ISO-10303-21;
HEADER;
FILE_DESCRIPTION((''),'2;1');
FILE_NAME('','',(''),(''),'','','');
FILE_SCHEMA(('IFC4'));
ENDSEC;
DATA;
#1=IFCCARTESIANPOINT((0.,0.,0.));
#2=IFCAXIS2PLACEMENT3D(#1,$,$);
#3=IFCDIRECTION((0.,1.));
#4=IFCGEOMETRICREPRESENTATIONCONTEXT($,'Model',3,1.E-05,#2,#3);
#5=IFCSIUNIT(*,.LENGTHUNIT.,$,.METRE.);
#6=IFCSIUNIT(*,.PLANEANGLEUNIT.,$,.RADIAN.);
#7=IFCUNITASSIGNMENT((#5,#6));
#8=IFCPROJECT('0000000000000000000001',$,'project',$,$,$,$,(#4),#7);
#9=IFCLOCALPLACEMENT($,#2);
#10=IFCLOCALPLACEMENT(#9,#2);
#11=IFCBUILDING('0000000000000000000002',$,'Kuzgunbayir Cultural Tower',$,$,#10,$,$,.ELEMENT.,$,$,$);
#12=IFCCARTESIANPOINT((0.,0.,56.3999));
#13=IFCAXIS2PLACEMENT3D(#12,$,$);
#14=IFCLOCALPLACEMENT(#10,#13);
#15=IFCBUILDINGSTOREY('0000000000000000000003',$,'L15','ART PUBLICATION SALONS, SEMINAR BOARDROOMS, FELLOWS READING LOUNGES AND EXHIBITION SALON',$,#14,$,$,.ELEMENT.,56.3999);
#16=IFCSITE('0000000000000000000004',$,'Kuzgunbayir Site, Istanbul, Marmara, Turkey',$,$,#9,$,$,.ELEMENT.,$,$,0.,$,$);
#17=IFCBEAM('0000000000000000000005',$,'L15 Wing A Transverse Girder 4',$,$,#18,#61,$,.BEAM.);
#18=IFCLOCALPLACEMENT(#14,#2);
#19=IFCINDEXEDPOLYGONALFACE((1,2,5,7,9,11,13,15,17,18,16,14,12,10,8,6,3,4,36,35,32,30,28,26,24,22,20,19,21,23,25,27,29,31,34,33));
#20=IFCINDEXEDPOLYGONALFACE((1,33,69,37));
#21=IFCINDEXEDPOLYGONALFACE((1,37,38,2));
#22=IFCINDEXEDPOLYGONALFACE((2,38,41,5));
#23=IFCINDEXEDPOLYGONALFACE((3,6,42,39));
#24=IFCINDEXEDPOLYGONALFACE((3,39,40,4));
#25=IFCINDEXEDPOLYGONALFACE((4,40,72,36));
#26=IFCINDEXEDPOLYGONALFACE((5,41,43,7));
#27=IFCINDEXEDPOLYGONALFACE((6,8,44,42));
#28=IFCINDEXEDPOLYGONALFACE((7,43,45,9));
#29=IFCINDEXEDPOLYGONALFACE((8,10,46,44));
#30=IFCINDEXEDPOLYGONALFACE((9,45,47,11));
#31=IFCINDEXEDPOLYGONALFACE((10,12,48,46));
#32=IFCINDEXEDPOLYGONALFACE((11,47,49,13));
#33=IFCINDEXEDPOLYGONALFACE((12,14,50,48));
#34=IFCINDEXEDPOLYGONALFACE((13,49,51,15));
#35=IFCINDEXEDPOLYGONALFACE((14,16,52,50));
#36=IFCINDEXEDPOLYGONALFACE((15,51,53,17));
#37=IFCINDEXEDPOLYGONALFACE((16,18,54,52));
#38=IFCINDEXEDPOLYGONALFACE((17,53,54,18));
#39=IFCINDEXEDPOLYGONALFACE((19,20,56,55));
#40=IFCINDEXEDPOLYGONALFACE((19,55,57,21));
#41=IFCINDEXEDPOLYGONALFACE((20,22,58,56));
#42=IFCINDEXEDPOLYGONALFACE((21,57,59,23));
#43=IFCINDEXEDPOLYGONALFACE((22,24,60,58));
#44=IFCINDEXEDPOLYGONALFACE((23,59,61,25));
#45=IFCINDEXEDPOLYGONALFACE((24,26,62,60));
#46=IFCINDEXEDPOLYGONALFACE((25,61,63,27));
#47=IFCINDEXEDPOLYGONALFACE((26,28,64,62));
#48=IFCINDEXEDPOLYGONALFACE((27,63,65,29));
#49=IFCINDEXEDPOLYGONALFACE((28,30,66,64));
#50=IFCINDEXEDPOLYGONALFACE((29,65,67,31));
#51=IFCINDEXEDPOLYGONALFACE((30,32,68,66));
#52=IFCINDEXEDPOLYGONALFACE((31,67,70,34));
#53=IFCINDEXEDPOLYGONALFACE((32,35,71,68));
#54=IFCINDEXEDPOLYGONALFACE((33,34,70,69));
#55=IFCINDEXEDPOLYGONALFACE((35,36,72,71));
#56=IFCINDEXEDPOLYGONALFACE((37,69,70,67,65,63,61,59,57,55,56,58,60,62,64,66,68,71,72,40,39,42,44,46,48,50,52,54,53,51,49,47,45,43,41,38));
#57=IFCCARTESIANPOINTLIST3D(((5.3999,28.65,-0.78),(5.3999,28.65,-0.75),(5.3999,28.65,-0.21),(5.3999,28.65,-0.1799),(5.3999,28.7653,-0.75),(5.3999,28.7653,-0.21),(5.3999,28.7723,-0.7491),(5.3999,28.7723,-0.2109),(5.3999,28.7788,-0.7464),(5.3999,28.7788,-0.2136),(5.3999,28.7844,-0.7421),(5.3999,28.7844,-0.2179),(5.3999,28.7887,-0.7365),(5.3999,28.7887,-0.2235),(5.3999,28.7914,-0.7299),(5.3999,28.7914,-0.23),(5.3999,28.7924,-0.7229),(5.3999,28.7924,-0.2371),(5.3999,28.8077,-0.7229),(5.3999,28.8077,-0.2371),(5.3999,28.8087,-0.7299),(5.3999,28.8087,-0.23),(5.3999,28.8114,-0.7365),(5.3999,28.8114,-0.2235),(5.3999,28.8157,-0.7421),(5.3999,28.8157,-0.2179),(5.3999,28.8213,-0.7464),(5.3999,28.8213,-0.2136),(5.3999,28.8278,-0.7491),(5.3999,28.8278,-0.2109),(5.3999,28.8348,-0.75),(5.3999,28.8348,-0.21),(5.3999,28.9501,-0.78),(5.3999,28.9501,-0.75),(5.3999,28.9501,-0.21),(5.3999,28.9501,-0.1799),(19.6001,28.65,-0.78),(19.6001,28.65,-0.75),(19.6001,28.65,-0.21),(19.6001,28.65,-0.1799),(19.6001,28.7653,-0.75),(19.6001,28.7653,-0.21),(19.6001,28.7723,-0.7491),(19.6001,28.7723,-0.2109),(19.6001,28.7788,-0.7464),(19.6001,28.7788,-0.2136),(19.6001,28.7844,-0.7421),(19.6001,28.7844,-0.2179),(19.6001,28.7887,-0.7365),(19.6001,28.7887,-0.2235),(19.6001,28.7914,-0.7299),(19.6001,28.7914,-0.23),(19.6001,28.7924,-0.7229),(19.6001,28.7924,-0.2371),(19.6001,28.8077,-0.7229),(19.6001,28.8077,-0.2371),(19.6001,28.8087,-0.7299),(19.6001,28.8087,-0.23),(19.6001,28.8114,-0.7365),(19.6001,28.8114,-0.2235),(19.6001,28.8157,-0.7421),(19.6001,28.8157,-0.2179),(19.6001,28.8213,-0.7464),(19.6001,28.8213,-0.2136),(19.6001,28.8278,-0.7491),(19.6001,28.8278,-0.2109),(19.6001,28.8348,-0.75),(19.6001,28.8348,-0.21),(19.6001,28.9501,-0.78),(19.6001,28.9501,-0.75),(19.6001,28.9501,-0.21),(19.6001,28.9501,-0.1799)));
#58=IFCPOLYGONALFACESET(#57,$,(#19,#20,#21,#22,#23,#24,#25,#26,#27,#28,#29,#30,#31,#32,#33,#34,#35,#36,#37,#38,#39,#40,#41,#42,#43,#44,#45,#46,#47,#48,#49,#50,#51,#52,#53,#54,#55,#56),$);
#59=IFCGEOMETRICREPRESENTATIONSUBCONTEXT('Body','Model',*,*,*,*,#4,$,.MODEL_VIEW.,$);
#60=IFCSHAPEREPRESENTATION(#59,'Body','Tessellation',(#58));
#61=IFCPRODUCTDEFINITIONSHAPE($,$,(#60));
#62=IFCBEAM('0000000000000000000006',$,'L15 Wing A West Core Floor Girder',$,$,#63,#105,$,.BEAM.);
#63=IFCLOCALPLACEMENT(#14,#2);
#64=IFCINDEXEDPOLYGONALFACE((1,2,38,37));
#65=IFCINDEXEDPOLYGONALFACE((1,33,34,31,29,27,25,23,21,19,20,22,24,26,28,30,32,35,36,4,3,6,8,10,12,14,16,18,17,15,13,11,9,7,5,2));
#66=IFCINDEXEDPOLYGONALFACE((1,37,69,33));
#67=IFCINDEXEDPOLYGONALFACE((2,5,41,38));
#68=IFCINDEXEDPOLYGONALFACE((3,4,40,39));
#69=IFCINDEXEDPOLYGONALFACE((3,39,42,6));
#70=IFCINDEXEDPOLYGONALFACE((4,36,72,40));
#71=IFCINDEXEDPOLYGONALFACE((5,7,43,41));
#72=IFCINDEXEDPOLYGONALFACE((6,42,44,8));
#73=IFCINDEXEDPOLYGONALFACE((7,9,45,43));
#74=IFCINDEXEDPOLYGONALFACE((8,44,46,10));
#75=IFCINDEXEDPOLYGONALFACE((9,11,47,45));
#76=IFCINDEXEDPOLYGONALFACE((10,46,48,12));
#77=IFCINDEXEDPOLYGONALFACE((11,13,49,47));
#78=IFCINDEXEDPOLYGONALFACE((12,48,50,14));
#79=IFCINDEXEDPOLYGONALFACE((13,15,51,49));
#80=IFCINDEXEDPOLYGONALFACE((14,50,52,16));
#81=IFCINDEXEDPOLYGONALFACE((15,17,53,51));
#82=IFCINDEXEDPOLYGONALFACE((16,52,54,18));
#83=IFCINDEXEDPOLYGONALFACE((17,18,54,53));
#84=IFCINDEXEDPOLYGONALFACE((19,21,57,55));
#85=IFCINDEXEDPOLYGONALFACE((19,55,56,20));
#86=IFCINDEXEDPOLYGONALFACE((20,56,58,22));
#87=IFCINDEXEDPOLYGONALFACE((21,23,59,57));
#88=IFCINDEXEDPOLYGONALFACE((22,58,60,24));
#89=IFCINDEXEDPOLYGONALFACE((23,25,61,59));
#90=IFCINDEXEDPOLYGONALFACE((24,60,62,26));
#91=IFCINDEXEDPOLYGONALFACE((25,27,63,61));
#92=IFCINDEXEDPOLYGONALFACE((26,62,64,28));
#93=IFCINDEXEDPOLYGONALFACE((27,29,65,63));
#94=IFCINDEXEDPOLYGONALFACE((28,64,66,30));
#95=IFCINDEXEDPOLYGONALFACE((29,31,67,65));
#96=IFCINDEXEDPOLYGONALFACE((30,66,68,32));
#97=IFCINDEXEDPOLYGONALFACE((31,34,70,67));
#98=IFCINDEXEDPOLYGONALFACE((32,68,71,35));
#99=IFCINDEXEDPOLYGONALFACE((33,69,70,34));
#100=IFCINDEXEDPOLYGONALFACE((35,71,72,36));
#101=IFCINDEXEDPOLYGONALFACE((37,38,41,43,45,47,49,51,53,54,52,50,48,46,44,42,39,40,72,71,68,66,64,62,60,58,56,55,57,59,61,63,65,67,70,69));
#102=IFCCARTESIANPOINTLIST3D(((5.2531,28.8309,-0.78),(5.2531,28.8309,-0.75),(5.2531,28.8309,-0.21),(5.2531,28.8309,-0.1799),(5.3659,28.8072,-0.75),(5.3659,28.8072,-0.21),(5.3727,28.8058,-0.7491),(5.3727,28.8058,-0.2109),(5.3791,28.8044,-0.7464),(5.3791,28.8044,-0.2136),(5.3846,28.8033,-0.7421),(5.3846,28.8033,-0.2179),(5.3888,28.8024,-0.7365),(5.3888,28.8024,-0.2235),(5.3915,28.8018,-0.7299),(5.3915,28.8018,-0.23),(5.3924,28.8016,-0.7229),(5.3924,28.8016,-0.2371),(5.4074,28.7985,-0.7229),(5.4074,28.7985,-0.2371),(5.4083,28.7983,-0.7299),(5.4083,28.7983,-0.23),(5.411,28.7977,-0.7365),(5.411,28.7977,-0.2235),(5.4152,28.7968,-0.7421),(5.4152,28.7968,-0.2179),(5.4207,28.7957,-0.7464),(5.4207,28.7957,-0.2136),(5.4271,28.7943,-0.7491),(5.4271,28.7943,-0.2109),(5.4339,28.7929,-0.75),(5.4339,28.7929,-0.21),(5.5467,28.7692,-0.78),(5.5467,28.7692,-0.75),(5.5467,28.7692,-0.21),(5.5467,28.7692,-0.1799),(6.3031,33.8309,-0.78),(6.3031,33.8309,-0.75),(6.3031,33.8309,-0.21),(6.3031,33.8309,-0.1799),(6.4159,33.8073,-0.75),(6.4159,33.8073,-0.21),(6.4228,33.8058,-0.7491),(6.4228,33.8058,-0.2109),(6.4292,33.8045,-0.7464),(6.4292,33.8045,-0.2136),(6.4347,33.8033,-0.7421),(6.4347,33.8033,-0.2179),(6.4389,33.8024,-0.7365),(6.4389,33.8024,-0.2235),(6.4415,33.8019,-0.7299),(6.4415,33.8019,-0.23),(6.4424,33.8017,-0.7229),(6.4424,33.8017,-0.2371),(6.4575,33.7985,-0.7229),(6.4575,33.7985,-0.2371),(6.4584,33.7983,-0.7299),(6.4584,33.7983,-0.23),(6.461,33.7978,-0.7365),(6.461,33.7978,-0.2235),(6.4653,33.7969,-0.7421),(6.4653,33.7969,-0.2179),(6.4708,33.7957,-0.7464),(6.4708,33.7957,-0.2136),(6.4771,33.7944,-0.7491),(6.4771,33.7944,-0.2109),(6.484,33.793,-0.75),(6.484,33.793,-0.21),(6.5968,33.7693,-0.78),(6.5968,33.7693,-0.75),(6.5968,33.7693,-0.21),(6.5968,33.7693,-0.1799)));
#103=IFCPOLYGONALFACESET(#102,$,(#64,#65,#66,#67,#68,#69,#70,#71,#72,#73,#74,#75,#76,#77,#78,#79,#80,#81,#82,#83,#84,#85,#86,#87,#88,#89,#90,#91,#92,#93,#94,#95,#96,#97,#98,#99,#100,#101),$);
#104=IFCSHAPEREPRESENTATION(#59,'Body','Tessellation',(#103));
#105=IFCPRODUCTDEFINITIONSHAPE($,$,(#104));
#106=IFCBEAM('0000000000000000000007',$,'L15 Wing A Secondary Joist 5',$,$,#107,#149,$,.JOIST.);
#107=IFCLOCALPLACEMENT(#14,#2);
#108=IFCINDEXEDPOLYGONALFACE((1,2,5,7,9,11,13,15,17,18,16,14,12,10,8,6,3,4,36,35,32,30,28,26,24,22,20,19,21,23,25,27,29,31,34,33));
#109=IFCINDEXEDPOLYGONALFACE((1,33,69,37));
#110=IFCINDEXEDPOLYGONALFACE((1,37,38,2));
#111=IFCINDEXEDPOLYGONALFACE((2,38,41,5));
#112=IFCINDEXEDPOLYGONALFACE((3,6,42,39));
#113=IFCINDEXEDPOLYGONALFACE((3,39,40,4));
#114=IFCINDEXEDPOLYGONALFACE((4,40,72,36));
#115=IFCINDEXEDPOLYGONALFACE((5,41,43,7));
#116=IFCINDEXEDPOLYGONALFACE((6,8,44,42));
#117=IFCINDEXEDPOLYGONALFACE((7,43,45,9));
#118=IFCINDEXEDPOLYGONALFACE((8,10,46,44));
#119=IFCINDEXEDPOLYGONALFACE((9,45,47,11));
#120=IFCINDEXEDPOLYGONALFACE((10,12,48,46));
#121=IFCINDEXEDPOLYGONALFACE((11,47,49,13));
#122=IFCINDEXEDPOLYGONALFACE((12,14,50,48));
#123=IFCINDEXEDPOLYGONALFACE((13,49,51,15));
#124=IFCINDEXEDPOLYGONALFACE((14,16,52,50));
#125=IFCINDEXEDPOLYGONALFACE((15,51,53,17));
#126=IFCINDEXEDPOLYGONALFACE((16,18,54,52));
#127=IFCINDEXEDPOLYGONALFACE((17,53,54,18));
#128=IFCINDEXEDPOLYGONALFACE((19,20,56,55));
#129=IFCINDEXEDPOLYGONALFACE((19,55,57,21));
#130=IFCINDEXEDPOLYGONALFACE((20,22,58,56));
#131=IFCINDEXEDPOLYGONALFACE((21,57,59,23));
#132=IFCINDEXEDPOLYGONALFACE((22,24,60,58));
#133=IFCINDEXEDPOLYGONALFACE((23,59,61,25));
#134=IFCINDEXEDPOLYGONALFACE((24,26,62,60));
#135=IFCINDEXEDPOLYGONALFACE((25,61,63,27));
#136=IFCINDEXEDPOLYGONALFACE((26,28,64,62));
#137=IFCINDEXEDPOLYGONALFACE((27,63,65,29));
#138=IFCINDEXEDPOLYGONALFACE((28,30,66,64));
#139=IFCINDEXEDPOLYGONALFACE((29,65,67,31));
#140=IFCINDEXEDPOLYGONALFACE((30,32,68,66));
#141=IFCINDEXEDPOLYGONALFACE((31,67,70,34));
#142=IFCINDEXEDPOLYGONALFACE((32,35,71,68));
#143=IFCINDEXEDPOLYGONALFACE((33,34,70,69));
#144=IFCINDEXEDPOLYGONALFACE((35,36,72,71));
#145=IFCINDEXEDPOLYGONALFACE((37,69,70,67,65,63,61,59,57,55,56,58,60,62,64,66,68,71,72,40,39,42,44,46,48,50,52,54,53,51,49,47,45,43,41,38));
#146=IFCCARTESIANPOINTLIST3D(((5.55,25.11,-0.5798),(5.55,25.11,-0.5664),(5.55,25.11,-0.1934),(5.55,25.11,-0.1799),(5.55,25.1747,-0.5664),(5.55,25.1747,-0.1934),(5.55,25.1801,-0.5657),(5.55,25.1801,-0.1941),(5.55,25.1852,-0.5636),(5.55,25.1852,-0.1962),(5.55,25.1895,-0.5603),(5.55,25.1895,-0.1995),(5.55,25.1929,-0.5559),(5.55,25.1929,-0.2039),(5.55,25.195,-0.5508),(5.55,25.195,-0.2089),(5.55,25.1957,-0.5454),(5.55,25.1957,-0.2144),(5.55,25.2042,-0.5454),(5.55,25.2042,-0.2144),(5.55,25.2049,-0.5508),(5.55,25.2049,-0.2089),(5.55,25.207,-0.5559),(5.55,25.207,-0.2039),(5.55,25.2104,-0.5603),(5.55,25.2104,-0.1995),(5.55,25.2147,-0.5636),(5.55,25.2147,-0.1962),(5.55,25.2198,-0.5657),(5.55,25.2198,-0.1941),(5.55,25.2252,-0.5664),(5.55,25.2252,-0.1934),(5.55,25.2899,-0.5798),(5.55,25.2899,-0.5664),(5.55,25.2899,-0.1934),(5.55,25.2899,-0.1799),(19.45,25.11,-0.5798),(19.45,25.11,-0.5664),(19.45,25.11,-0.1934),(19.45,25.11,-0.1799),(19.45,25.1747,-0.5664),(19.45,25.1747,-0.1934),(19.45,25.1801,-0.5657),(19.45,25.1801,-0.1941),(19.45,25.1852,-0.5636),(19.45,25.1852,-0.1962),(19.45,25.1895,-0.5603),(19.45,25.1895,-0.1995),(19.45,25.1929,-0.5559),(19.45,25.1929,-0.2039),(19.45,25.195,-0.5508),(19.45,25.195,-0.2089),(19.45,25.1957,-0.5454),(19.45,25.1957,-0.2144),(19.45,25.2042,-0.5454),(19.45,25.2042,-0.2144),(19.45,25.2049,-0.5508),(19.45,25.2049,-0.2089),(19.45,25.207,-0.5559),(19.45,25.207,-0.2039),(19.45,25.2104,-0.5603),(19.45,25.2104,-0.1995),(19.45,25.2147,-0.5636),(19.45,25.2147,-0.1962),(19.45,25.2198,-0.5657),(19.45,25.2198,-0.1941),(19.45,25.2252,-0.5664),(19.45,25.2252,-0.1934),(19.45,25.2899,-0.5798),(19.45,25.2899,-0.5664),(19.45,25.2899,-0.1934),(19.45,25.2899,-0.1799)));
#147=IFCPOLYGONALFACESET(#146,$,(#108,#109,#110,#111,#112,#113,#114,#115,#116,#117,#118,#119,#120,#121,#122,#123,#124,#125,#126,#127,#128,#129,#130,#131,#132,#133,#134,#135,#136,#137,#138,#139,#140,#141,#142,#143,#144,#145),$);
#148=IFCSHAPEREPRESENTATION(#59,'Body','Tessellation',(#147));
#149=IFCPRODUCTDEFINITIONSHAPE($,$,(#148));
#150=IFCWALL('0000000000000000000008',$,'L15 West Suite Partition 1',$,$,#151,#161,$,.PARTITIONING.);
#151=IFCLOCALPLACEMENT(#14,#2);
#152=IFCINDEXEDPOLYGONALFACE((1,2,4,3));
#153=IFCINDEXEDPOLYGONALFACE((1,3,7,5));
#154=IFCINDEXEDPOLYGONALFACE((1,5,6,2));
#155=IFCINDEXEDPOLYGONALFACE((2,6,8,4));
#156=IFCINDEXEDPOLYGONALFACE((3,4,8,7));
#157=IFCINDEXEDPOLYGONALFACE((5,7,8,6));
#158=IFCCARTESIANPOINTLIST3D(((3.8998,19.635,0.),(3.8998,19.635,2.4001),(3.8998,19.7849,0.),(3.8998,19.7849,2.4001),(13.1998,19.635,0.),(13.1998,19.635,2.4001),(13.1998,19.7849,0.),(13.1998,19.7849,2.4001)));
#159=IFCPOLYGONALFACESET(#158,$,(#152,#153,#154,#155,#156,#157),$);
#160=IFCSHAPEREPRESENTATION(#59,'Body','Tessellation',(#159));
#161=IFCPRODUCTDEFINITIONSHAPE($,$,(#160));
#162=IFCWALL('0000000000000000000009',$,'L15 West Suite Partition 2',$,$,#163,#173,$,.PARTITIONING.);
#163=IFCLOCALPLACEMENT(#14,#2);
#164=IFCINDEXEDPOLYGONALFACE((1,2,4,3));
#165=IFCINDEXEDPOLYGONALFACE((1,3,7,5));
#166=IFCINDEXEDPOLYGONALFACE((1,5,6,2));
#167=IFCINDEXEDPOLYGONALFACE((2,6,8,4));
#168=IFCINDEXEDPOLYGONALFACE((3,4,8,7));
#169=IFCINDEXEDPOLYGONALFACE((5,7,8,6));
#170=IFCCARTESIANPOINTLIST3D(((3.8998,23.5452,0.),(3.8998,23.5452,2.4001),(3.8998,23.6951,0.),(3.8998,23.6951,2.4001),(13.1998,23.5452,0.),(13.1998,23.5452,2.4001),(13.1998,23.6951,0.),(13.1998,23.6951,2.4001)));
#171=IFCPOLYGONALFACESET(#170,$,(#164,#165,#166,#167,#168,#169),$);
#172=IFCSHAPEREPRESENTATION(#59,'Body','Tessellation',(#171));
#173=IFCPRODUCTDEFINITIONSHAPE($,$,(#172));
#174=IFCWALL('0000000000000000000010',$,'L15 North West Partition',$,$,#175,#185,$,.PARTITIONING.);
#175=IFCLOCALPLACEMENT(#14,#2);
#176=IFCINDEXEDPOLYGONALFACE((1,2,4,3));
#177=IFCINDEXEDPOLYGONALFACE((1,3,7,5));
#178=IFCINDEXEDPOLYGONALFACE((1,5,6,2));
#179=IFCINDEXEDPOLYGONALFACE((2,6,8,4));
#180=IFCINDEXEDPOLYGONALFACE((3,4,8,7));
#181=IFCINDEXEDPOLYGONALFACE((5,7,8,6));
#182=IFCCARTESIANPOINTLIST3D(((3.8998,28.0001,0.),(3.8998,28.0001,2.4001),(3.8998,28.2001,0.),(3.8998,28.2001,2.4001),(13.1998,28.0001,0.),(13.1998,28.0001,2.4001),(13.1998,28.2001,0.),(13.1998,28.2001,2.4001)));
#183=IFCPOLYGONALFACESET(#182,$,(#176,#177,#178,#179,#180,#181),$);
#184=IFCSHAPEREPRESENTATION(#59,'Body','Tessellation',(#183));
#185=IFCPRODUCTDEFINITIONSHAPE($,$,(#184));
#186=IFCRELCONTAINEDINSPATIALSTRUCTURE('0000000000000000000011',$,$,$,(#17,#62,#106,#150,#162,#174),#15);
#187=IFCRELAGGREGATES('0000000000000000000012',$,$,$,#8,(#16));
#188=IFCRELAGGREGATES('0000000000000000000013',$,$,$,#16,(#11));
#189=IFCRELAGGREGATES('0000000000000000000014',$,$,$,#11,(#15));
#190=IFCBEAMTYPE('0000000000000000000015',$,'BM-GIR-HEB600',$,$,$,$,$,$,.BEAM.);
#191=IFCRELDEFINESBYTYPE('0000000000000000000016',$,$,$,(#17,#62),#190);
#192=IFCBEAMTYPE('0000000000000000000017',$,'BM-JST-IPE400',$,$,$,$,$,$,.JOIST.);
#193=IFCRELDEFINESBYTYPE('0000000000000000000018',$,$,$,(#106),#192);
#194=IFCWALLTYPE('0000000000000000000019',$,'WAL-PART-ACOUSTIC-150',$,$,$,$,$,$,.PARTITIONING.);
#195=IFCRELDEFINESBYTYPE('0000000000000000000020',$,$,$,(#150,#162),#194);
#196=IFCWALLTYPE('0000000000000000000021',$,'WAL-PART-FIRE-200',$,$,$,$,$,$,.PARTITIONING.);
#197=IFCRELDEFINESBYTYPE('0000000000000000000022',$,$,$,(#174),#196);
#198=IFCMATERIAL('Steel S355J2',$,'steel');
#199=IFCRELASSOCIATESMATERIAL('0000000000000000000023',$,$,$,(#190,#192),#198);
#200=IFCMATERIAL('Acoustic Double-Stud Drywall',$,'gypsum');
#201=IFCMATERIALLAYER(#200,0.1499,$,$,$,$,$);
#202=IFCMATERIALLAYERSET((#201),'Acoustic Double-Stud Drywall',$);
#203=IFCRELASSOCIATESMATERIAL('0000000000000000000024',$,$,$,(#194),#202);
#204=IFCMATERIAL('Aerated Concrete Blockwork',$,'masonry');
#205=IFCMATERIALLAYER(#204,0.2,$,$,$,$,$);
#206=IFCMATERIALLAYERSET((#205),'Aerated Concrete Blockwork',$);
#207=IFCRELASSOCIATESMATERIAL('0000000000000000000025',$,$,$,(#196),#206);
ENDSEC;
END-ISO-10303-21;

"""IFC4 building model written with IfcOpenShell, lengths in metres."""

from ifc_helpers import new_model, si_unit, direction, frame, frame_2d, origin, origin_2d, place, context, subcontext, project, spatial, rectangle, i_section, extrude, material, layer, layer_set, material_profile, profile_set, type_object, element, save


model = new_model("IFC4")

# Units and contexts
model_context = context("Model", 3, precision=1e-05, world=origin(), true_north=direction((0.0, 1.0)))
body_context = subcontext(model_context, "Body", "Model", "MODEL_VIEW")
ifc_project = project(units=[si_unit("LENGTHUNIT", "METRE"), si_unit("PLANEANGLEUNIT", "RADIAN")], contexts=[model_context])

# Site, building, storey
site_placement = place(None, origin())
site = spatial("IfcSite", under=ifc_project, at=site_placement, Name="Kuzgunbayir Site, Istanbul, Marmara, Turkey", CompositionType="ELEMENT", RefElevation=0.0)
building_placement = place(site_placement, origin())
building = spatial("IfcBuilding", under=site, at=building_placement, Name="Kuzgunbayir Cultural Tower", CompositionType="ELEMENT")
storey_placement = place(building_placement, frame((0.0, 0.0, 56.3999)))
storey = spatial("IfcBuildingStorey", under=building, at=storey_placement, Name="L15", Description="ART PUBLICATION SALONS, SEMINAR BOARDROOMS, FELLOWS READING LOUNGES AND EXHIBITION SALON", CompositionType="ELEMENT", Elevation=56.3999)

# Beams
ifc_material_1 = material(Name="Steel S355J2", Category="steel")
ifc_material_profile_1 = material_profile(ifc_material_1, i_section(OverallWidth=0.3, OverallDepth=0.6001, WebThickness=0.0154, FlangeThickness=0.03, FilletRadius=0.0271, at=origin_2d()), Name="HEB 600")
ifc_profile_set_1 = profile_set([ifc_material_profile_1], Name="Steel S355J2")
beam_type_1 = type_object("IfcBeamType", Name="BM-GIR-HEB600", PredefinedType="BEAM", material=ifc_profile_set_1)
for number, where, z_axis, x_axis, name in (
    (1, (5.3999, 28.8, -0.48), (1.0, 0.0, 0.0), (0.0, 1.0, 0.0), "L15 Wing A Transverse Girder 4"),
):
    element("IfcBeam", number, at=place(storey_placement, frame(where, z_axis=z_axis, x_axis=x_axis)), inside=storey, type_object=beam_type_1, Name=name, PredefinedType="BEAM", context=body_context, shape_type="SweptSolid", body=[
        extrude(i_section(OverallWidth=0.3, OverallDepth=0.6001, WebThickness=0.0154, FlangeThickness=0.03, FilletRadius=0.0271, at=origin_2d()), origin(), (0.0, 0.0, 1.0), 14.2002),
    ])
beam_1_placement = place(storey_placement, frame((5.3999, 28.8, -0.48), z_axis=(0.205526, 0.978652, 0.0), x_axis=(-0.978652, 0.205526, 0.0)))
element("IfcBeam", 2, at=beam_1_placement, inside=storey, type_object=beam_type_1, Name="L15 Wing A West Core Floor Girder", PredefinedType="BEAM", context=body_context, shape_type="SweptSolid", body=[
    extrude(i_section(OverallWidth=0.3, OverallDepth=0.6001, WebThickness=0.0154, FlangeThickness=0.03, FilletRadius=0.0271, at=origin_2d()), origin(), (0.0, 0.0, 1.0), 5.1091),
])
ifc_material_profile_2 = material_profile(ifc_material_1, i_section(OverallWidth=0.1799, OverallDepth=0.3999, WebThickness=0.0085, FlangeThickness=0.0134, FilletRadius=0.021, at=origin_2d()), Name="IPE 400")
ifc_profile_set_2 = profile_set([ifc_material_profile_2], Name="Steel S355J2")
beam_type_2 = type_object("IfcBeamType", Name="BM-JST-IPE400", PredefinedType="JOIST", material=ifc_profile_set_2)
beam_2_placement = place(storey_placement, frame((5.55, 25.2, -0.3799), z_axis=(1.0, 0.0, 0.0), x_axis=(0.0, 1.0, 0.0)))
element("IfcBeam", 3, at=beam_2_placement, inside=storey, type_object=beam_type_2, Name="L15 Wing A Secondary Joist 5", PredefinedType="JOIST", context=body_context, shape_type="SweptSolid", body=[
    extrude(i_section(OverallWidth=0.1799, OverallDepth=0.3999, WebThickness=0.0085, FlangeThickness=0.0134, FilletRadius=0.021, at=origin_2d()), origin(), (0.0, 0.0, 1.0), 13.8999),
])

# Walls
ifc_material_2 = material(Name="Acoustic Double-Stud Drywall", Category="gypsum")
ifc_layer_1 = layer(ifc_material_2, 0.1499)
ifc_layer_set_1 = layer_set([ifc_layer_1], Name="Acoustic Double-Stud Drywall")
wall_type_1 = type_object("IfcWallType", Name="WAL-PART-ACOUSTIC-150", PredefinedType="PARTITIONING", material=ifc_layer_set_1)
for number, where, z_axis, x_axis, name in (
    (4, (3.8999, 19.71, 0.0), (0.0, 0.0, 1.0), (1.0, 0.0, 0.0), "L15 West Suite Partition 1"),
    (5, (3.8999, 23.6201, 0.0), (0.0, 0.0, 1.0), (1.0, 0.0, 0.0), "L15 West Suite Partition 2"),
):
    element("IfcWall", number, at=place(storey_placement, frame(where, z_axis=z_axis, x_axis=x_axis)), inside=storey, type_object=wall_type_1, Name=name, PredefinedType="PARTITIONING", context=body_context, shape_type="SweptSolid", body=[
        extrude(rectangle(XDim=9.3, YDim=0.1499, at=frame_2d((4.6499, 0.0))), origin(), (0.0, 0.0, 1.0), 2.4001),
    ])
ifc_material_3 = material(Name="Aerated Concrete Blockwork", Category="masonry")
ifc_layer_2 = layer(ifc_material_3, 0.2)
ifc_layer_set_2 = layer_set([ifc_layer_2], Name="Aerated Concrete Blockwork")
wall_type_2 = type_object("IfcWallType", Name="WAL-PART-FIRE-200", PredefinedType="PARTITIONING", material=ifc_layer_set_2)
wall_placement = place(storey_placement, frame((3.8999, 28.1001, 0.0), z_axis=(0.0, 0.0, 1.0), x_axis=(1.0, 0.0, 0.0)))
element("IfcWall", 6, at=wall_placement, inside=storey, type_object=wall_type_2, Name="L15 North West Partition", PredefinedType="PARTITIONING", context=body_context, shape_type="SweptSolid", body=[
    extrude(rectangle(XDim=9.3, YDim=0.2, at=frame_2d((4.6499, 0.0))), origin(), (0.0, 0.0, 1.0), 2.4001),
])

save(model, "model.ifc")
